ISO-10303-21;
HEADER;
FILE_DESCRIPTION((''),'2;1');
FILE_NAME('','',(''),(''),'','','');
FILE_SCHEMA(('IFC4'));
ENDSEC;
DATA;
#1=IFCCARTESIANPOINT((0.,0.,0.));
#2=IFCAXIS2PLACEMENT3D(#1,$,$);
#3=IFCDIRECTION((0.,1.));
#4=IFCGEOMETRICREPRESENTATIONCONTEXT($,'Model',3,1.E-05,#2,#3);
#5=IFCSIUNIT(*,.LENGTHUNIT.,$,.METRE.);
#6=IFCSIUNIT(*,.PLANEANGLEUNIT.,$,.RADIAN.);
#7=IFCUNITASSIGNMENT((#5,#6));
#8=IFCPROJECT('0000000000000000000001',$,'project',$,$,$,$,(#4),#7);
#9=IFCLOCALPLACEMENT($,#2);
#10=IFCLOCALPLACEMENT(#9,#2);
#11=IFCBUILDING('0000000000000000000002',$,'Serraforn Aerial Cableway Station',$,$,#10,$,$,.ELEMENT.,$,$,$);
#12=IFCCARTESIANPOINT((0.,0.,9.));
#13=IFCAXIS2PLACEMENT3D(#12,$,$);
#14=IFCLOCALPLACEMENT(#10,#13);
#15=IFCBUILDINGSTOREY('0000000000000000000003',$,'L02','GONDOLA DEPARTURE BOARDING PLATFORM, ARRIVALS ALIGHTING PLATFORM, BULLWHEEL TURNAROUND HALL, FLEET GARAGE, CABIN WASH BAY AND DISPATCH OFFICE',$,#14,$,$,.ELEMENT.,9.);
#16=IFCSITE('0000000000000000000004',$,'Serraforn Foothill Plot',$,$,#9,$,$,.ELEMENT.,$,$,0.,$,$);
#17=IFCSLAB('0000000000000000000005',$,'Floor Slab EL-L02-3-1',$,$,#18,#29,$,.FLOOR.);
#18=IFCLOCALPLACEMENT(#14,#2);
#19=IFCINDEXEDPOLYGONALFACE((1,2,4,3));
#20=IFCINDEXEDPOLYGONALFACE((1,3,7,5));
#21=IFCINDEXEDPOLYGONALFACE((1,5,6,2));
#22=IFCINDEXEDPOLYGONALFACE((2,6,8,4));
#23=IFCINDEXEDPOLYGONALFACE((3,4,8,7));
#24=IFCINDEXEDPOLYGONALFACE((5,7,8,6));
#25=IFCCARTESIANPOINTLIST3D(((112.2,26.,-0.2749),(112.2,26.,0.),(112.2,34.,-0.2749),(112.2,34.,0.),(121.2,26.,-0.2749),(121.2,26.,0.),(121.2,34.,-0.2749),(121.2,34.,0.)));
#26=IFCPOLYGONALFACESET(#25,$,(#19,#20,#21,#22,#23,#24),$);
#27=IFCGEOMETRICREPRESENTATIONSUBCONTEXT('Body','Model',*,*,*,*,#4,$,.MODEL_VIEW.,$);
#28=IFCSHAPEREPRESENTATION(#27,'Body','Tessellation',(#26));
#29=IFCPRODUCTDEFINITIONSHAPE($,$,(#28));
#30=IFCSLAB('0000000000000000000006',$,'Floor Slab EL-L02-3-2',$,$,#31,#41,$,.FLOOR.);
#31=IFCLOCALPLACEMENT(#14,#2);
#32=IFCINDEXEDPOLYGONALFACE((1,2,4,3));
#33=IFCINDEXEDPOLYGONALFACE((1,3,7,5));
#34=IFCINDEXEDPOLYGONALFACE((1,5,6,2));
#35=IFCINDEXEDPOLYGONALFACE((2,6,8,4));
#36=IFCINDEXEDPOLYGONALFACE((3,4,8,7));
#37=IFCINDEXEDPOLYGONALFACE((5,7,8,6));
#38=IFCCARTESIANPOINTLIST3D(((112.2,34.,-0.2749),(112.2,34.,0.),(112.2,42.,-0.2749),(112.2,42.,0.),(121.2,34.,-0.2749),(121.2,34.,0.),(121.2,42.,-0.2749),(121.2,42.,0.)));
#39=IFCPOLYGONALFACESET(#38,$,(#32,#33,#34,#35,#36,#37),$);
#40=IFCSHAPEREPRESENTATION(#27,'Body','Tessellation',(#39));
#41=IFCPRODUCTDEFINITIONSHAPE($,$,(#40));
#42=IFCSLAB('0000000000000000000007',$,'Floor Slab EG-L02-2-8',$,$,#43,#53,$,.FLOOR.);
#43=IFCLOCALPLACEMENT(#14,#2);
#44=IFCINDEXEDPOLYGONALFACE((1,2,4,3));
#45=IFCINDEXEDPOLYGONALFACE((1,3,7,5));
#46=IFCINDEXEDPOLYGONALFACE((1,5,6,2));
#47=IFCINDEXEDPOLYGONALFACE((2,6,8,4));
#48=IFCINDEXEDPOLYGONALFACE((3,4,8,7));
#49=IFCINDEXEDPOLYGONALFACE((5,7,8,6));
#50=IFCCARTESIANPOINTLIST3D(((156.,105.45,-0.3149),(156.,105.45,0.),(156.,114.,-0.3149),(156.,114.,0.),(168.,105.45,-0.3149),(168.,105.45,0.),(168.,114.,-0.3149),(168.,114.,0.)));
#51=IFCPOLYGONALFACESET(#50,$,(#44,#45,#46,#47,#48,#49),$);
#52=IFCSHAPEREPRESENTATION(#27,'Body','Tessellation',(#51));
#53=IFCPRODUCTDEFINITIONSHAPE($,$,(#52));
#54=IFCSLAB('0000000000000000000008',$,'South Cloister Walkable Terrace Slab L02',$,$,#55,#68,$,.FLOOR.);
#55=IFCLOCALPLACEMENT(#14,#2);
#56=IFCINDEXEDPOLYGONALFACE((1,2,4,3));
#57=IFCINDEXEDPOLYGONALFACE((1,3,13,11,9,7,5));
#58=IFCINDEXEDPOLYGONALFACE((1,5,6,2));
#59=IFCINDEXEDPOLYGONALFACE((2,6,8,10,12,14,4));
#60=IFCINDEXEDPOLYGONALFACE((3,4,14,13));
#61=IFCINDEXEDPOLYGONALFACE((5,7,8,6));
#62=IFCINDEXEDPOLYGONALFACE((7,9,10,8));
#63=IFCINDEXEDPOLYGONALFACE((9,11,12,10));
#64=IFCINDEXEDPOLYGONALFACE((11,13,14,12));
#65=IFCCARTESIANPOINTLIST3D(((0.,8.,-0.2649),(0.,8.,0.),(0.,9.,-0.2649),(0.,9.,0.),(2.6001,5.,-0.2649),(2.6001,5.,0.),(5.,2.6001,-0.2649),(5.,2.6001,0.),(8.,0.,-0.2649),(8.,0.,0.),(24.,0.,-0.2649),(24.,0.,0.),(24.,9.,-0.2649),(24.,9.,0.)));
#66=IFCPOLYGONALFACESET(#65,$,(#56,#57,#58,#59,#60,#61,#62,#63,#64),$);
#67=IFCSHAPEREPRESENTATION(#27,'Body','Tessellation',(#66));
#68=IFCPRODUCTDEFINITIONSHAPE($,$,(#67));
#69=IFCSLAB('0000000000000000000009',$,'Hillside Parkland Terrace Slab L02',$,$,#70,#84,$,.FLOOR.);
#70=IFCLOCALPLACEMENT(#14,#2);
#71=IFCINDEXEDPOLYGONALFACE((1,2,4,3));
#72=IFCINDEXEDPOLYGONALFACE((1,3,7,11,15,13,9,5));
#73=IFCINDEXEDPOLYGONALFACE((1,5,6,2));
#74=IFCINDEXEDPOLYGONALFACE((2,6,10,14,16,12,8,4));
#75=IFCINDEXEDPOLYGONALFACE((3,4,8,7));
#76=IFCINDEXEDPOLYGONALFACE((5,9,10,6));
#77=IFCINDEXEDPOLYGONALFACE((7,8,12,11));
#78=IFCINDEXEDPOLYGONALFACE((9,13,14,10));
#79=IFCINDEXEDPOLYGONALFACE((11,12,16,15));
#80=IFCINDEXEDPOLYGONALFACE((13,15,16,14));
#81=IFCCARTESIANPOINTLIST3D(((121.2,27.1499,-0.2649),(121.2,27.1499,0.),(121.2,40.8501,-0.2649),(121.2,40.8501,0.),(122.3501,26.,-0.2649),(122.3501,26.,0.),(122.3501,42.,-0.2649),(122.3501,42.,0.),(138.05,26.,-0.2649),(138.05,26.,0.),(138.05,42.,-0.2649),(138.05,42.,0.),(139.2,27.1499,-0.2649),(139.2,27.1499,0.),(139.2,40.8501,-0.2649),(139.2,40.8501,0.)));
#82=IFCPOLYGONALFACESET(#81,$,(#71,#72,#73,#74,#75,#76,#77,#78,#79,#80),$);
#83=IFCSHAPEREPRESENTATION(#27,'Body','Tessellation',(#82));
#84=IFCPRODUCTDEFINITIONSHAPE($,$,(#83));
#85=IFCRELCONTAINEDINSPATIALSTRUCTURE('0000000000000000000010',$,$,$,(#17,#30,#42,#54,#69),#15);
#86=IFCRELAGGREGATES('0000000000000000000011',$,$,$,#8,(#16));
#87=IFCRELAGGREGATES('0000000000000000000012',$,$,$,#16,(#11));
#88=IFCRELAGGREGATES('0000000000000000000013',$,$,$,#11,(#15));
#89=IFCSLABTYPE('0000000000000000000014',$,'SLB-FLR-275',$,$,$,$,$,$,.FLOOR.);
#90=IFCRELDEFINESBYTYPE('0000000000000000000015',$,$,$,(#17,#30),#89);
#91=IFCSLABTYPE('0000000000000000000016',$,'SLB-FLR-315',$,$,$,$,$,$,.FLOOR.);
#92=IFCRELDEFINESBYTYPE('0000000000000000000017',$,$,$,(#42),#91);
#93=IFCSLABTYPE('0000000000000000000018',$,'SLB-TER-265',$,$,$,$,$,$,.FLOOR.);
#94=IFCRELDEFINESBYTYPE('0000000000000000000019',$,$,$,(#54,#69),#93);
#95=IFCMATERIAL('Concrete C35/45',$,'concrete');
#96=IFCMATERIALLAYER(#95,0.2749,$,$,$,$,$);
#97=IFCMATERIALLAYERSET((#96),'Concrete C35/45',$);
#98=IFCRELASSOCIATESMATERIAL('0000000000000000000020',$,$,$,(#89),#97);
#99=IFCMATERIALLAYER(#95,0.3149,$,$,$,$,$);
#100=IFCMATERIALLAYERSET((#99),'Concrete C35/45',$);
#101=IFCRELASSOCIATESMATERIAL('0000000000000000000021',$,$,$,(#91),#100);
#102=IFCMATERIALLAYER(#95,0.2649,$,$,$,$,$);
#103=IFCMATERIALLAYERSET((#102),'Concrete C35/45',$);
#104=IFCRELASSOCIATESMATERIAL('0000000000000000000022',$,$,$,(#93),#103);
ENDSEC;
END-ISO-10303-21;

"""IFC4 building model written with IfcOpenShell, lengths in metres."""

from ifc_helpers import new_model, si_unit, direction, frame, origin, place, context, subcontext, project, spatial, polyline, outline, extrude, material, layer, layer_set, type_object, element, save


model = new_model("IFC4")

# Units and contexts
model_context = context("Model", 3, precision=1e-05, world=origin(), true_north=direction((0.0, 1.0)))
body_context = subcontext(model_context, "Body", "Model", "MODEL_VIEW")
ifc_project = project(units=[si_unit("LENGTHUNIT", "METRE"), si_unit("PLANEANGLEUNIT", "RADIAN")], contexts=[model_context])

# Site, building, storey
site_placement = place(None, origin())
site = spatial("IfcSite", under=ifc_project, at=site_placement, Name="Serraforn Foothill Plot", CompositionType="ELEMENT", RefElevation=0.0)
building_placement = place(site_placement, origin())
building = spatial("IfcBuilding", under=site, at=building_placement, Name="Serraforn Aerial Cableway Station", CompositionType="ELEMENT")
storey_placement = place(building_placement, frame((0.0, 0.0, 9.0)))
storey = spatial("IfcBuildingStorey", under=building, at=storey_placement, Name="L02", Description="GONDOLA DEPARTURE BOARDING PLATFORM, ARRIVALS ALIGHTING PLATFORM, BULLWHEEL TURNAROUND HALL, FLEET GARAGE, CABIN WASH BAY AND DISPATCH OFFICE", CompositionType="ELEMENT", Elevation=9.0)

# Slabs
ifc_material_1 = material(Name="Concrete C35/45", Category="concrete")
ifc_layer_1 = layer(ifc_material_1, 0.2749)
ifc_layer_set_1 = layer_set([ifc_layer_1], Name="Concrete C35/45")
slab_type_1 = type_object("IfcSlabType", Name="SLB-FLR-275", PredefinedType="FLOOR", material=ifc_layer_set_1)
slab_1_placement = place(storey_placement, frame((0.0, 0.0, -0.2749)))
element("IfcSlab", 1, at=slab_1_placement, inside=storey, type_object=slab_type_1, Name="Floor Slab EL-L02-3-1", PredefinedType="FLOOR", context=body_context, shape_type="SweptSolid", body=[
    extrude(outline(polyline([(112.2, 26.0), (121.2, 26.0), (121.2, 34.0), (112.2, 34.0), (112.2, 26.0)])), origin(), (0.0, 0.0, 1.0), 0.2749),
])
slab_2_placement = place(storey_placement, frame((0.0, 0.0, -0.2749)))
element("IfcSlab", 2, at=slab_2_placement, inside=storey, type_object=slab_type_1, Name="Floor Slab EL-L02-3-2", PredefinedType="FLOOR", context=body_context, shape_type="SweptSolid", body=[
    extrude(outline(polyline([(112.2, 34.0), (121.2, 34.0), (121.2, 42.0), (112.2, 42.0), (112.2, 34.0)])), origin(), (0.0, 0.0, 1.0), 0.2749),
])
ifc_layer_2 = layer(ifc_material_1, 0.3149)
ifc_layer_set_2 = layer_set([ifc_layer_2], Name="Concrete C35/45")
slab_type_2 = type_object("IfcSlabType", Name="SLB-FLR-315", PredefinedType="FLOOR", material=ifc_layer_set_2)
slab_3_placement = place(storey_placement, frame((0.0, 0.0, -0.3149)))
element("IfcSlab", 3, at=slab_3_placement, inside=storey, type_object=slab_type_2, Name="Floor Slab EG-L02-2-8", PredefinedType="FLOOR", context=body_context, shape_type="SweptSolid", body=[
    extrude(outline(polyline([(156.0, 105.45), (168.0, 105.45), (168.0, 114.0), (156.0, 114.0), (156.0, 105.45)])), origin(), (0.0, 0.0, 1.0), 0.3149),
])
ifc_layer_3 = layer(ifc_material_1, 0.2649)
ifc_layer_set_3 = layer_set([ifc_layer_3], Name="Concrete C35/45")
slab_type_3 = type_object("IfcSlabType", Name="SLB-TER-265", PredefinedType="FLOOR", material=ifc_layer_set_3)
slab_4_placement = place(storey_placement, frame((0.0, 0.0, -0.2649)))
element("IfcSlab", 4, at=slab_4_placement, inside=storey, type_object=slab_type_3, Name="South Cloister Walkable Terrace Slab L02", PredefinedType="FLOOR", context=body_context, shape_type="SweptSolid", body=[
    extrude(outline(polyline([(8.0, 0.0), (24.0, 0.0), (24.0, 9.0), (0.0, 9.0), (0.0, 8.0), (2.6001, 5.0), (5.0, 2.6001), (8.0, 0.0)])), origin(), (0.0, 0.0, 1.0), 0.2649),
])
slab_5_placement = place(storey_placement, frame((0.0, 0.0, -0.2649)))
element("IfcSlab", 5, at=slab_5_placement, inside=storey, type_object=slab_type_3, Name="Hillside Parkland Terrace Slab L02", PredefinedType="FLOOR", context=body_context, shape_type="SweptSolid", body=[
    extrude(outline(polyline([(122.3501, 26.0), (138.05, 26.0), (139.2, 27.1499), (139.2, 40.8501), (138.05, 42.0), (122.3501, 42.0), (121.2, 40.8501), (121.2, 27.1499), (122.3501, 26.0)])), origin(), (0.0, 0.0, 1.0), 0.2649),
])

save(model, "model.ifc")
